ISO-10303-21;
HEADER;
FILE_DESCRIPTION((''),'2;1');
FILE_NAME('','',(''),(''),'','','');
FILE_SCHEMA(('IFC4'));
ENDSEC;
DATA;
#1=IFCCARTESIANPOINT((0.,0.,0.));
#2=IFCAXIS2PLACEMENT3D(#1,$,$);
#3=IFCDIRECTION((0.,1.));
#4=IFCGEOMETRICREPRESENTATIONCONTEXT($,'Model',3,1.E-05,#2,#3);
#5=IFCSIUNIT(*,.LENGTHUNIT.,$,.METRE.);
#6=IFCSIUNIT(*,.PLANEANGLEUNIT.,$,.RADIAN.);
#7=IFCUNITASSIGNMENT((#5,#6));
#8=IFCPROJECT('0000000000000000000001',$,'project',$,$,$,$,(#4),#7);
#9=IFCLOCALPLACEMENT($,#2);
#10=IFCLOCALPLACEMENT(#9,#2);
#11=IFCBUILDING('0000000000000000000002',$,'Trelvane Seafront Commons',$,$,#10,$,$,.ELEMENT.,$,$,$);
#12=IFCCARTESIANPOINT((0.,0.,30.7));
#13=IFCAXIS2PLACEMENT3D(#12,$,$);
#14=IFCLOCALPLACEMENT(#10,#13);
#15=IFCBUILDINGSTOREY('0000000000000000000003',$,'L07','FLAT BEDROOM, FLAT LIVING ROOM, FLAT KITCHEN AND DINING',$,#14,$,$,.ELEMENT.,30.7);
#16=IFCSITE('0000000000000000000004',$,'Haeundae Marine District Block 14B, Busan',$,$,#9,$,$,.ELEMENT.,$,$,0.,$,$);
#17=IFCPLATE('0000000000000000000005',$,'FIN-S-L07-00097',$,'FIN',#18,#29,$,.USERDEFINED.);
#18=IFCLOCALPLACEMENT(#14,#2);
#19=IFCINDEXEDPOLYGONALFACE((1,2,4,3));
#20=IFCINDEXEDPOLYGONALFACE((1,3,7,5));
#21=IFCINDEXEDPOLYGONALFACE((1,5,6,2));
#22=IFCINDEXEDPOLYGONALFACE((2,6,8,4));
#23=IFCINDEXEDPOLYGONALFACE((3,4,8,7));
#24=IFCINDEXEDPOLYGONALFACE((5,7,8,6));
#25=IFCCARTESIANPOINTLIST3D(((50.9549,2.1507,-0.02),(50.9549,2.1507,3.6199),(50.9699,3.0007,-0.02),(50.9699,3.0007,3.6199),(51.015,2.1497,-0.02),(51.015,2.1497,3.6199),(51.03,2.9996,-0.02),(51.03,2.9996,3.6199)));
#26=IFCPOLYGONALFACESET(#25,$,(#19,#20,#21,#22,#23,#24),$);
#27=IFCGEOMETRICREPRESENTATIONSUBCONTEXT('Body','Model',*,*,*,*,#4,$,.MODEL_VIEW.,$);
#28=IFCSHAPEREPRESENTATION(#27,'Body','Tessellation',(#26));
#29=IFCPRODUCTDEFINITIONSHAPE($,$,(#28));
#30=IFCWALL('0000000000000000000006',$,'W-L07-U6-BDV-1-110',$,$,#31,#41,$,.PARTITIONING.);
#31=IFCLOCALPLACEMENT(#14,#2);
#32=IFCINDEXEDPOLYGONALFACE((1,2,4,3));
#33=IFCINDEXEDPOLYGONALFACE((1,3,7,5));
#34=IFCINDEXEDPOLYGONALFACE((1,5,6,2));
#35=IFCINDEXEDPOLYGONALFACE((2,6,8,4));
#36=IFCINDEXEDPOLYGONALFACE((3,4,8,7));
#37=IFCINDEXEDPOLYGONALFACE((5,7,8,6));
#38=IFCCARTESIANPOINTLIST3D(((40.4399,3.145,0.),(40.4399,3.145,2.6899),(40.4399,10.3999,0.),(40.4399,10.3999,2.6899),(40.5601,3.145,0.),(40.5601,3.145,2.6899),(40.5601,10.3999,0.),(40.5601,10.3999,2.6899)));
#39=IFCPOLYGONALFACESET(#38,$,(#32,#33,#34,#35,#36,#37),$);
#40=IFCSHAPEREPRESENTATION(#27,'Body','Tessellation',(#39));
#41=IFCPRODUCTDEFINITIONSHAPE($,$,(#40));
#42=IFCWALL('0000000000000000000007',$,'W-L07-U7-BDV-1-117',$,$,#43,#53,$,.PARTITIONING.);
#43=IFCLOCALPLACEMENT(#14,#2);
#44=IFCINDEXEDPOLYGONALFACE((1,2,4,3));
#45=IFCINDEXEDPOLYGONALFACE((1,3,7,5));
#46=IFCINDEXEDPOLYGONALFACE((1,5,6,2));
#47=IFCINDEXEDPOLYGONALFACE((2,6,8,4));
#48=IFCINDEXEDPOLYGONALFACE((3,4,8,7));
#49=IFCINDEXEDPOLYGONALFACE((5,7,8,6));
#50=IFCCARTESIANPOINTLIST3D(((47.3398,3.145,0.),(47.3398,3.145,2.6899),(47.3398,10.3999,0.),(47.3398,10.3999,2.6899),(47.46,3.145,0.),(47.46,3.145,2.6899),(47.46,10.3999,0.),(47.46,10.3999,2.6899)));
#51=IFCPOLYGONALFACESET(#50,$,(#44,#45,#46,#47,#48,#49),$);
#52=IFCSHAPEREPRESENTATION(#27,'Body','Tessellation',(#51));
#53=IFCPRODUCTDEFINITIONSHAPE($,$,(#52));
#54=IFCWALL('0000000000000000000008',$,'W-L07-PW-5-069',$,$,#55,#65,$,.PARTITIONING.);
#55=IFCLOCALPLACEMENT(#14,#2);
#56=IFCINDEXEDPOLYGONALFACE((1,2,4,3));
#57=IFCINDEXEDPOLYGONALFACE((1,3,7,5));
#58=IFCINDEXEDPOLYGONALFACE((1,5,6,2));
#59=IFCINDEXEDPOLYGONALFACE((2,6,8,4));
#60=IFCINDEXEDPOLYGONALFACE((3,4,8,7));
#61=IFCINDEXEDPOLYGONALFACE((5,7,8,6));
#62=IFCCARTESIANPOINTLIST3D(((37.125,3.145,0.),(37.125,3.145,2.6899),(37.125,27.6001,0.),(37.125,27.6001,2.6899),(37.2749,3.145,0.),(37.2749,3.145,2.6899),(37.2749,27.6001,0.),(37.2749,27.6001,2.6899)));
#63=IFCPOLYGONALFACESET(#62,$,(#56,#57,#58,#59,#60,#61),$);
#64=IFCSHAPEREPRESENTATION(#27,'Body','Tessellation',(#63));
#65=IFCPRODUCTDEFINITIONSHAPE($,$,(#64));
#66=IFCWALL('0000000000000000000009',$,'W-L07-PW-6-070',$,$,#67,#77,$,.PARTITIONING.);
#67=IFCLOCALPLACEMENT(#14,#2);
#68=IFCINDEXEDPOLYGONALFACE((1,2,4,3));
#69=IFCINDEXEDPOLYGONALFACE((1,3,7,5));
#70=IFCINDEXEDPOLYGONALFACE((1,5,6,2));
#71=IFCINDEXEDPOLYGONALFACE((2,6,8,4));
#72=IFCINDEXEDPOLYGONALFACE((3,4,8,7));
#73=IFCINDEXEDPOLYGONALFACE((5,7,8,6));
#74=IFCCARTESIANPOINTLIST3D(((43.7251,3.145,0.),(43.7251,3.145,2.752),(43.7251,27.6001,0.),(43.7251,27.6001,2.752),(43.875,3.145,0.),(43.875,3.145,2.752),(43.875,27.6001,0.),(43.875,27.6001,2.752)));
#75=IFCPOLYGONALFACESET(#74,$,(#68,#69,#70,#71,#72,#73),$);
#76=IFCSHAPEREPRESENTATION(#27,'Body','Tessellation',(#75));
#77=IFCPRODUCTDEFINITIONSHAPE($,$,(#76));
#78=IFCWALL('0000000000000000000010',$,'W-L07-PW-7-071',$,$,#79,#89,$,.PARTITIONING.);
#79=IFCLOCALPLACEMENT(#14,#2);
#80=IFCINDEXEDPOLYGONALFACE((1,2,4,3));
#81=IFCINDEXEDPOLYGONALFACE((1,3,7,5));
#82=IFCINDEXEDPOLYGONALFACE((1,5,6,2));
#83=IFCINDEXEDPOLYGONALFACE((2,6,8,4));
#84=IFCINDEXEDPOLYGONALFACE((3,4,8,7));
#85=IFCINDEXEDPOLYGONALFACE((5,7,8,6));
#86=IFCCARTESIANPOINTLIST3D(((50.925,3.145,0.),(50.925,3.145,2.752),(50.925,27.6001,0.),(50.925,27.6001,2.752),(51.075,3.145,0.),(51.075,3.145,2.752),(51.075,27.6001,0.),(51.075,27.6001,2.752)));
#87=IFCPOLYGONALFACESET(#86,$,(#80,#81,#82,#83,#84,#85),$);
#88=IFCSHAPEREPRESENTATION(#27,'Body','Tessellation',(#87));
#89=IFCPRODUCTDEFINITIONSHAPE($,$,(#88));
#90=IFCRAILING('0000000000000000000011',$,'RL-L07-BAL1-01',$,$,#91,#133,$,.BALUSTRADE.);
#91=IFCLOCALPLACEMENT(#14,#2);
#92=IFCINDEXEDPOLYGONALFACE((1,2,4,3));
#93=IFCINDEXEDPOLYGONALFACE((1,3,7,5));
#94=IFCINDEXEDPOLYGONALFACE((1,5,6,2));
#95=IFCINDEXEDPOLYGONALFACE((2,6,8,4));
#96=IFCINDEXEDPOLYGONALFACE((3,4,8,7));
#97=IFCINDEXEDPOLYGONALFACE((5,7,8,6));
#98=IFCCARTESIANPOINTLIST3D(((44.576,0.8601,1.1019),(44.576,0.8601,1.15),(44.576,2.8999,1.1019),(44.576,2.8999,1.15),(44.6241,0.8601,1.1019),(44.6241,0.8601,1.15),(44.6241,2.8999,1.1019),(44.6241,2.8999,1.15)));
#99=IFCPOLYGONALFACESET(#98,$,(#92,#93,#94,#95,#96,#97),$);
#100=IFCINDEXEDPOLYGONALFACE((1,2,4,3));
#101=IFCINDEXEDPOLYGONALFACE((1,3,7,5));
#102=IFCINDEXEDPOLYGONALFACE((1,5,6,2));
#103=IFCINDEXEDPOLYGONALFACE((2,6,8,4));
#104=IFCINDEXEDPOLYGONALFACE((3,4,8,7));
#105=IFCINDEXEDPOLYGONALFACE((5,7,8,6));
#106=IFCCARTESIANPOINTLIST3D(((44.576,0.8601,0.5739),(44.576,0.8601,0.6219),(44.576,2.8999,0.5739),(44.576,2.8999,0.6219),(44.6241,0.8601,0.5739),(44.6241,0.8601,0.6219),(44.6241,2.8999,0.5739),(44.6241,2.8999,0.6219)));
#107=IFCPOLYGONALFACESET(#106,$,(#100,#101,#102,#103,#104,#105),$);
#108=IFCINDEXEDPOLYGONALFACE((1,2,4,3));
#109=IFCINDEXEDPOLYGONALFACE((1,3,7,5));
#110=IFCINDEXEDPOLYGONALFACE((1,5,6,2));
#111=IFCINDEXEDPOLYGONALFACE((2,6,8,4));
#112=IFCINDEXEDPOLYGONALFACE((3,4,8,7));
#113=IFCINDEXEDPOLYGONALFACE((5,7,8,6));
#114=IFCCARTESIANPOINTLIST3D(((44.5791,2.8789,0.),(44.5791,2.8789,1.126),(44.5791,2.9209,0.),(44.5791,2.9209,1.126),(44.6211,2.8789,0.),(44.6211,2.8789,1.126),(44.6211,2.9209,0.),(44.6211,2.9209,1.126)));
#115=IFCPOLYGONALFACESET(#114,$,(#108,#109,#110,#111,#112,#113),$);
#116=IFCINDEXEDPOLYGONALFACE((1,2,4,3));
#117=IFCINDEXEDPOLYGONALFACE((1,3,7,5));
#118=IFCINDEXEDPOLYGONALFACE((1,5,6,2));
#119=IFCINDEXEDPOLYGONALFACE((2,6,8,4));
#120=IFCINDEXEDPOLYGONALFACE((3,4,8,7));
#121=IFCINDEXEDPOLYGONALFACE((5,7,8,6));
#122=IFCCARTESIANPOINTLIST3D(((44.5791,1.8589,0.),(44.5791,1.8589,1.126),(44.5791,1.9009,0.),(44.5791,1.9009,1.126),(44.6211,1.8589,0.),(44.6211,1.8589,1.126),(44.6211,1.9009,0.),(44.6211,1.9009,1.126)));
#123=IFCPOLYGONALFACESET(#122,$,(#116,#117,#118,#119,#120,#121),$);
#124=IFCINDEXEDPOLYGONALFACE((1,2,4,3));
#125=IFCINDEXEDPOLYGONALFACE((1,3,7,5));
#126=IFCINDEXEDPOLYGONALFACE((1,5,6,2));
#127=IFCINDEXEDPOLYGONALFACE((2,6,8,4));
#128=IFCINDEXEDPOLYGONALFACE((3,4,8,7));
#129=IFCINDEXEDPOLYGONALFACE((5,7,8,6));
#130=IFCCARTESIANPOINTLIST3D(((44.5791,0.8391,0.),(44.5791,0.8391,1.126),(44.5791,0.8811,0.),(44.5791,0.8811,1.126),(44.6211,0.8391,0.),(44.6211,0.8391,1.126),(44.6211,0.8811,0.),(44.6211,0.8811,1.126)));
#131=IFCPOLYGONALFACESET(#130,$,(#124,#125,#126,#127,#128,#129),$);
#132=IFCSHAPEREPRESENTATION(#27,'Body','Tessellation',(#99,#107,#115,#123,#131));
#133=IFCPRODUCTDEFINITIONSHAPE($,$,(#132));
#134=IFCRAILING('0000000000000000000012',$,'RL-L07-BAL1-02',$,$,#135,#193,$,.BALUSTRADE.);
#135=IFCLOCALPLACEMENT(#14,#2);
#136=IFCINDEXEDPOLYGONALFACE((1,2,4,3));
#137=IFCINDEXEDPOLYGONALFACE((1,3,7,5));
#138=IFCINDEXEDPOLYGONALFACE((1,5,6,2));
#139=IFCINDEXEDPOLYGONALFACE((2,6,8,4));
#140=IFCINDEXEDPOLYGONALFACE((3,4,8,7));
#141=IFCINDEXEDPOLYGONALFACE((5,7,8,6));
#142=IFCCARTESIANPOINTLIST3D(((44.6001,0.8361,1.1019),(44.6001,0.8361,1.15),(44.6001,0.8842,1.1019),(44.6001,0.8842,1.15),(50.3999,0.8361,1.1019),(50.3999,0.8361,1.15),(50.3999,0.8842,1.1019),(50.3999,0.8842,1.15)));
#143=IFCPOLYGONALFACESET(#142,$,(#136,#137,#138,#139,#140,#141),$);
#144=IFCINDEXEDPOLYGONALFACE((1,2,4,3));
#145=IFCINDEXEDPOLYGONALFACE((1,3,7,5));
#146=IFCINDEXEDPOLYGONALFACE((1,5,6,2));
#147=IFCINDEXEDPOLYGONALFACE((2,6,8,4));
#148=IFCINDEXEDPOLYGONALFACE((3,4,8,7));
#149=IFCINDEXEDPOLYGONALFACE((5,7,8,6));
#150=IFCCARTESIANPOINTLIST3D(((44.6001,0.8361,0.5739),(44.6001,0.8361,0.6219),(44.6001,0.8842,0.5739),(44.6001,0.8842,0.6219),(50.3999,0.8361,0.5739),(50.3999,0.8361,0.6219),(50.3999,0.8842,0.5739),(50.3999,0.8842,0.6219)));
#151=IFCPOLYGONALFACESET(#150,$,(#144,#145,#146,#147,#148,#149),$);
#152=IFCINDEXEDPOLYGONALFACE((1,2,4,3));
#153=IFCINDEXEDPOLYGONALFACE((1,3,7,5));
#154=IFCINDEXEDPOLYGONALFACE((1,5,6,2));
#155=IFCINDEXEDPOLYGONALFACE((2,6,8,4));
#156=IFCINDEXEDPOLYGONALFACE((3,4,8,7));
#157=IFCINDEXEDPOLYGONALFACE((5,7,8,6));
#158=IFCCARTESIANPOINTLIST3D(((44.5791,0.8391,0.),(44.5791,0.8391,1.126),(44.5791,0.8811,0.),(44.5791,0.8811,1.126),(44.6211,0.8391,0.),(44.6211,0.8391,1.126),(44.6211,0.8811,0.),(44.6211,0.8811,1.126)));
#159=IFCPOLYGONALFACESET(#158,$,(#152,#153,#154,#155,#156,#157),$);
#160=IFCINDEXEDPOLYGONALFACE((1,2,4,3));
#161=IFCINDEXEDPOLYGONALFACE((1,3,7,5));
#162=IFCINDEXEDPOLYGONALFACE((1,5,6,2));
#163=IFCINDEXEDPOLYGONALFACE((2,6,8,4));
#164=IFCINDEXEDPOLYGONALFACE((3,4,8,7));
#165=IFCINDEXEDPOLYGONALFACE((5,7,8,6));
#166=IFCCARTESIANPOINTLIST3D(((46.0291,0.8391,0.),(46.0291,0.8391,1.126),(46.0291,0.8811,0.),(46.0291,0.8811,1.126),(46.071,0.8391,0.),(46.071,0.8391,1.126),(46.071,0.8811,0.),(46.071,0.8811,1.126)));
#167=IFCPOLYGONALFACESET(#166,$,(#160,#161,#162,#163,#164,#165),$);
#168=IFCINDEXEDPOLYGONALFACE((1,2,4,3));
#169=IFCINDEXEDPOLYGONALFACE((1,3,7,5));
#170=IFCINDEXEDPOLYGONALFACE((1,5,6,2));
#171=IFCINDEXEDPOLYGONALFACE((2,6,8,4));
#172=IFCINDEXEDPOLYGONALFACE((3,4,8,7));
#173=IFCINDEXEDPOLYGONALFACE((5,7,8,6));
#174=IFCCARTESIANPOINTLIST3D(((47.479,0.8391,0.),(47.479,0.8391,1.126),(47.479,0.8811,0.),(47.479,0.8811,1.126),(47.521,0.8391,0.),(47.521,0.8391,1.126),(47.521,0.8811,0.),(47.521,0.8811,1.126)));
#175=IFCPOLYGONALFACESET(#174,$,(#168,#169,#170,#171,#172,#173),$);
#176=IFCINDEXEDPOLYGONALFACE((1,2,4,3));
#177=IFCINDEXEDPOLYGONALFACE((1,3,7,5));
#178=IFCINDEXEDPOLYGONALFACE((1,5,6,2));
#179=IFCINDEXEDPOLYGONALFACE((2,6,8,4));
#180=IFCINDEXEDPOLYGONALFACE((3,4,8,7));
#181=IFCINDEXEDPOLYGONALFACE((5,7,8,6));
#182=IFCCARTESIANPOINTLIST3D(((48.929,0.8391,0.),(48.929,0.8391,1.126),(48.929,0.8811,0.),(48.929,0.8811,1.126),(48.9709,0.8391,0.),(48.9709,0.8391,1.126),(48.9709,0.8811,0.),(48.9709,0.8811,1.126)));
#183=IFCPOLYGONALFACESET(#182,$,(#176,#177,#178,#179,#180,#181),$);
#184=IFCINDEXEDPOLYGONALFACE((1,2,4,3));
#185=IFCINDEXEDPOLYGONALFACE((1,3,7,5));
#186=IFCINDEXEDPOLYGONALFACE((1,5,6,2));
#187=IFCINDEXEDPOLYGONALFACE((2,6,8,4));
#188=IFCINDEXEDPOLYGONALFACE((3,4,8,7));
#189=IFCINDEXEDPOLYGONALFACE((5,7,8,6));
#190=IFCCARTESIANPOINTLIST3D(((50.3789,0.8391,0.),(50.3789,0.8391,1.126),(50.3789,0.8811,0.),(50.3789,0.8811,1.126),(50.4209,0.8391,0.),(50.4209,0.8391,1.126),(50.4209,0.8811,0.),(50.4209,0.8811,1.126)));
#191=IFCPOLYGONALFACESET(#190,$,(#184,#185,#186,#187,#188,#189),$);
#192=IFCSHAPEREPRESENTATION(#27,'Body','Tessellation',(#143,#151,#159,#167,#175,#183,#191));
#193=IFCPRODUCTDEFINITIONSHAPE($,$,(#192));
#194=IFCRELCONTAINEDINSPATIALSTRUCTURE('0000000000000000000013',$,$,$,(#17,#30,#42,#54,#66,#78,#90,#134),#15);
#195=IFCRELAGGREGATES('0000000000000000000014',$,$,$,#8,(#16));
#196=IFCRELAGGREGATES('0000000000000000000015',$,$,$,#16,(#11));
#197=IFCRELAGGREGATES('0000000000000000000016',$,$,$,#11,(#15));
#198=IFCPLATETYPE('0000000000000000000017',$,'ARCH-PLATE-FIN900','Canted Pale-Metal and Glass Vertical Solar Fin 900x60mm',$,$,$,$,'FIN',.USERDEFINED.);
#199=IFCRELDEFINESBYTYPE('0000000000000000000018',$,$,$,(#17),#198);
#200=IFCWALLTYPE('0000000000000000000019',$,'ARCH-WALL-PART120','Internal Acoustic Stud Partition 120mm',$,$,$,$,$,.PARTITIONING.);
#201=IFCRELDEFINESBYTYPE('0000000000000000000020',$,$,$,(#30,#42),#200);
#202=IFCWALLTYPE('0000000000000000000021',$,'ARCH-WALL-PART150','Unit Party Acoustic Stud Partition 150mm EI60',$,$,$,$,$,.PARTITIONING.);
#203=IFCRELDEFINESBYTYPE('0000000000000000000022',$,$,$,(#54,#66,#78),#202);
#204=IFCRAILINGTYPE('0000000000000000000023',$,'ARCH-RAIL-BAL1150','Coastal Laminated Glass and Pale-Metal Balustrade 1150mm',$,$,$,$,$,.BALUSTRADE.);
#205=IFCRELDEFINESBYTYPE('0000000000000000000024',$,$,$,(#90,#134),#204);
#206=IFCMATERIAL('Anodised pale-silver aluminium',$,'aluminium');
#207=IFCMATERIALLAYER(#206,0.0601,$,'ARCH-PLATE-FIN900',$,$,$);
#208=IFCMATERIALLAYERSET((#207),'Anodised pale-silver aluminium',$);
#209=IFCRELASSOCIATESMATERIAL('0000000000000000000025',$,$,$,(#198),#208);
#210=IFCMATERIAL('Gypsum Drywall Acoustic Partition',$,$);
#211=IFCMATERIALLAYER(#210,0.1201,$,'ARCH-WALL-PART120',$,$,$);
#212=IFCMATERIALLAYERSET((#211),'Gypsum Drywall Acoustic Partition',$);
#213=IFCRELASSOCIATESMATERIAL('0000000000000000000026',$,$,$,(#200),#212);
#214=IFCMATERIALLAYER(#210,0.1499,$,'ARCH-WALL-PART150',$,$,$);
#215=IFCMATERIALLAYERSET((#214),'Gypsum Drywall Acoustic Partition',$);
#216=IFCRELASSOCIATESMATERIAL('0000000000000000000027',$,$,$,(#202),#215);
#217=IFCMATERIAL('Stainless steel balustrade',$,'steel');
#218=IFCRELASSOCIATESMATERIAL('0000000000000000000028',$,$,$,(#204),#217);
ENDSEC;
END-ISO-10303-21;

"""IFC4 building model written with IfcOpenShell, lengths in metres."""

from ifc_helpers import new_model, si_unit, direction, frame, frame_2d, origin, origin_2d, place, context, subcontext, project, spatial, rectangle, extrude, source, transform, mapped, material, layer, layer_set, type_object, element, save


model = new_model("IFC4")

# Units and contexts
model_context = context("Model", 3, precision=1e-05, world=origin(), true_north=direction((0.0, 1.0)))
body_context = subcontext(model_context, "Body", "Model", "MODEL_VIEW")
ifc_project = project(units=[si_unit("LENGTHUNIT", "METRE"), si_unit("PLANEANGLEUNIT", "RADIAN")], contexts=[model_context])

# Site, building, storey
site_placement = place(None, origin())
site = spatial("IfcSite", under=ifc_project, at=site_placement, Name="Haeundae Marine District Block 14B, Busan", CompositionType="ELEMENT", RefElevation=0.0)
building_placement = place(site_placement, origin())
building = spatial("IfcBuilding", under=site, at=building_placement, Name="Trelvane Seafront Commons", CompositionType="ELEMENT")
storey_placement = place(building_placement, frame((0.0, 0.0, 30.7)))
storey = spatial("IfcBuildingStorey", under=building, at=storey_placement, Name="L07", Description="FLAT BEDROOM, FLAT LIVING ROOM, FLAT KITCHEN AND DINING", CompositionType="ELEMENT", Elevation=30.7)

# Plate
ifc_material_1 = material(Name="Anodised pale-silver aluminium", Category="aluminium")
ifc_layer_1 = layer(ifc_material_1, 0.0601, Name="ARCH-PLATE-FIN900")
ifc_layer_set_1 = layer_set([ifc_layer_1], Name="Anodised pale-silver aluminium")
plate_type_1 = type_object("IfcPlateType", Name="ARCH-PLATE-FIN900", Description="Canted Pale-Metal and Glass Vertical Solar Fin 900x60mm", ElementType="FIN", PredefinedType="USERDEFINED", material=ifc_layer_set_1)
shared_shape_1 = source(origin(), body_context, "Body", "SweptSolid", [
    extrude(rectangle(XDim=0.8501, YDim=0.0601, at=origin_2d()), origin(), (0.0, 0.0, 1.0), 3.6399),
])
for number, where, z_axis, x_axis, name in (
    (1, (50.9924, 2.5752, -0.02), (0.0, 0.0, 1.0), (-0.017646, -0.999844, 0.0), "FIN-S-L07-00097"),
):
    element("IfcPlate", number, at=place(storey_placement, frame(where, z_axis=z_axis, x_axis=x_axis)), inside=storey, type_object=plate_type_1, Name=name, ObjectType="FIN", PredefinedType="USERDEFINED", context=body_context, shape_type="MappedRepresentation", body=[
        mapped(shared_shape_1, transform((0.0, 0.0, 0.0), x_axis=(1.0, 0.0, 0.0), y_axis=(0.0, 1.0, 0.0), z_axis=(0.0, 0.0, 1.0), scale=1.0)),
    ])

# Shared definitions
ifc_material_2 = material(Name="Gypsum Drywall Acoustic Partition")
ifc_layer_2 = layer(ifc_material_2, 0.1201, Name="ARCH-WALL-PART120")
ifc_layer_set_2 = layer_set([ifc_layer_2], Name="Gypsum Drywall Acoustic Partition")
wall_type_1 = type_object("IfcWallType", Name="ARCH-WALL-PART120", Description="Internal Acoustic Stud Partition 120mm", PredefinedType="PARTITIONING", material=ifc_layer_set_2)

# Wall
wall_1_placement = place(storey_placement, frame((40.5, 3.145, 0.0), z_axis=(0.0, 0.0, 1.0), x_axis=(0.0, 1.0, 0.0)))
element("IfcWall", 2, at=wall_1_placement, inside=storey, type_object=wall_type_1, Name="W-L07-U6-BDV-1-110", PredefinedType="PARTITIONING", context=body_context, shape_type="SweptSolid", body=[
    extrude(rectangle(XDim=7.2549, YDim=0.1201, at=frame_2d((3.6274, 0.0))), origin(), (0.0, 0.0, 1.0), 2.6899),
])

# Wall
wall_2_placement = place(storey_placement, frame((47.3999, 3.145, 0.0), z_axis=(0.0, 0.0, 1.0), x_axis=(0.0, 1.0, 0.0)))
element("IfcWall", 3, at=wall_2_placement, inside=storey, type_object=wall_type_1, Name="W-L07-U7-BDV-1-117", PredefinedType="PARTITIONING", context=body_context, shape_type="SweptSolid", body=[
    extrude(rectangle(XDim=7.2549, YDim=0.1201, at=frame_2d((3.6274, 0.0))), origin(), (0.0, 0.0, 1.0), 2.6899),
])

# Walls
ifc_layer_3 = layer(ifc_material_2, 0.1499, Name="ARCH-WALL-PART150")
ifc_layer_set_3 = layer_set([ifc_layer_3], Name="Gypsum Drywall Acoustic Partition")
wall_type_2 = type_object("IfcWallType", Name="ARCH-WALL-PART150", Description="Unit Party Acoustic Stud Partition 150mm EI60", PredefinedType="PARTITIONING", material=ifc_layer_set_3)
wall_3_placement = place(storey_placement, frame((37.2, 3.145, 0.0), z_axis=(0.0, 0.0, 1.0), x_axis=(0.0, 1.0, 0.0)))
element("IfcWall", 4, at=wall_3_placement, inside=storey, type_object=wall_type_2, Name="W-L07-PW-5-069", PredefinedType="PARTITIONING", context=body_context, shape_type="SweptSolid", body=[
    extrude(rectangle(XDim=24.4551, YDim=0.1499, at=frame_2d((12.2275, 0.0))), origin(), (0.0, 0.0, 1.0), 2.6899),
])
for number, where, z_axis, x_axis, name in (
    (5, (43.8, 3.145, 0.0), (0.0, 0.0, 1.0), (0.0, 1.0, 0.0), "W-L07-PW-6-070"),
    (6, (51.0, 3.145, 0.0), (0.0, 0.0, 1.0), (0.0, 1.0, 0.0), "W-L07-PW-7-071"),
):
    element("IfcWall", number, at=place(storey_placement, frame(where, z_axis=z_axis, x_axis=x_axis)), inside=storey, type_object=wall_type_2, Name=name, PredefinedType="PARTITIONING", context=body_context, shape_type="SweptSolid", body=[
        extrude(rectangle(XDim=24.4551, YDim=0.1499, at=frame_2d((12.2275, 0.0))), origin(), (0.0, 0.0, 1.0), 2.752),
    ])

# Railings
ifc_material_3 = material(Name="Stainless steel balustrade", Category="steel")
railing_type = type_object("IfcRailingType", Name="ARCH-RAIL-BAL1150", Description="Coastal Laminated Glass and Pale-Metal Balustrade 1150mm", PredefinedType="BALUSTRADE", material=ifc_material_3)
railing_1_placement = place(storey_placement, frame((44.6001, 2.8999, 0.0)))
element("IfcRailing", 7, at=railing_1_placement, inside=storey, type_object=railing_type, Name="RL-L07-BAL1-01", PredefinedType="BALUSTRADE", context=body_context, shape_type="SweptSolid", body=[
    extrude(rectangle(XDim=0.0481, YDim=0.0481, at=origin_2d()), frame((0.0, 0.0, 1.126), z_axis=(0.0, -1.0, 0.0), x_axis=(1.0, 0.0, 0.0)), (0.0, 0.0, 1.0), 2.0398),
    extrude(rectangle(XDim=0.0481, YDim=0.0481, at=origin_2d()), frame((0.0, 0.0, 0.5979), z_axis=(0.0, -1.0, 0.0), x_axis=(1.0, 0.0, 0.0)), (0.0, 0.0, 1.0), 2.0398),
    extrude(rectangle(XDim=0.042, YDim=0.042, at=origin_2d()), origin(), (0.0, 0.0, 1.0), 1.126),
    extrude(rectangle(XDim=0.042, YDim=0.042, at=origin_2d()), frame((0.0, -1.02, 0.0)), (0.0, 0.0, 1.0), 1.126),
    extrude(rectangle(XDim=0.042, YDim=0.042, at=origin_2d()), frame((0.0, -2.0398, 0.0)), (0.0, 0.0, 1.0), 1.126),
])
railing_2_placement = place(storey_placement, frame((44.6001, 0.8601, 0.0)))
element("IfcRailing", 8, at=railing_2_placement, inside=storey, type_object=railing_type, Name="RL-L07-BAL1-02", PredefinedType="BALUSTRADE", context=body_context, shape_type="SweptSolid", body=[
    extrude(rectangle(XDim=0.0481, YDim=0.0481, at=origin_2d()), frame((0.0, 0.0, 1.126), z_axis=(1.0, 0.0, 0.0), x_axis=(0.0, 1.0, 0.0)), (0.0, 0.0, 1.0), 5.7998),
    extrude(rectangle(XDim=0.0481, YDim=0.0481, at=origin_2d()), frame((0.0, 0.0, 0.5979), z_axis=(1.0, 0.0, 0.0), x_axis=(0.0, 1.0, 0.0)), (0.0, 0.0, 1.0), 5.7998),
    extrude(rectangle(XDim=0.042, YDim=0.042, at=origin_2d()), origin(), (0.0, 0.0, 1.0), 1.126),
    extrude(rectangle(XDim=0.042, YDim=0.042, at=origin_2d()), frame((1.45, 0.0, 0.0)), (0.0, 0.0, 1.0), 1.126),
    extrude(rectangle(XDim=0.042, YDim=0.042, at=origin_2d()), frame((2.8999, 0.0, 0.0)), (0.0, 0.0, 1.0), 1.126),
    extrude(rectangle(XDim=0.042, YDim=0.042, at=origin_2d()), frame((4.3499, 0.0, 0.0)), (0.0, 0.0, 1.0), 1.126),
    extrude(rectangle(XDim=0.042, YDim=0.042, at=origin_2d()), frame((5.7998, 0.0, 0.0)), (0.0, 0.0, 1.0), 1.126),
])

save(model, "model.ifc")
